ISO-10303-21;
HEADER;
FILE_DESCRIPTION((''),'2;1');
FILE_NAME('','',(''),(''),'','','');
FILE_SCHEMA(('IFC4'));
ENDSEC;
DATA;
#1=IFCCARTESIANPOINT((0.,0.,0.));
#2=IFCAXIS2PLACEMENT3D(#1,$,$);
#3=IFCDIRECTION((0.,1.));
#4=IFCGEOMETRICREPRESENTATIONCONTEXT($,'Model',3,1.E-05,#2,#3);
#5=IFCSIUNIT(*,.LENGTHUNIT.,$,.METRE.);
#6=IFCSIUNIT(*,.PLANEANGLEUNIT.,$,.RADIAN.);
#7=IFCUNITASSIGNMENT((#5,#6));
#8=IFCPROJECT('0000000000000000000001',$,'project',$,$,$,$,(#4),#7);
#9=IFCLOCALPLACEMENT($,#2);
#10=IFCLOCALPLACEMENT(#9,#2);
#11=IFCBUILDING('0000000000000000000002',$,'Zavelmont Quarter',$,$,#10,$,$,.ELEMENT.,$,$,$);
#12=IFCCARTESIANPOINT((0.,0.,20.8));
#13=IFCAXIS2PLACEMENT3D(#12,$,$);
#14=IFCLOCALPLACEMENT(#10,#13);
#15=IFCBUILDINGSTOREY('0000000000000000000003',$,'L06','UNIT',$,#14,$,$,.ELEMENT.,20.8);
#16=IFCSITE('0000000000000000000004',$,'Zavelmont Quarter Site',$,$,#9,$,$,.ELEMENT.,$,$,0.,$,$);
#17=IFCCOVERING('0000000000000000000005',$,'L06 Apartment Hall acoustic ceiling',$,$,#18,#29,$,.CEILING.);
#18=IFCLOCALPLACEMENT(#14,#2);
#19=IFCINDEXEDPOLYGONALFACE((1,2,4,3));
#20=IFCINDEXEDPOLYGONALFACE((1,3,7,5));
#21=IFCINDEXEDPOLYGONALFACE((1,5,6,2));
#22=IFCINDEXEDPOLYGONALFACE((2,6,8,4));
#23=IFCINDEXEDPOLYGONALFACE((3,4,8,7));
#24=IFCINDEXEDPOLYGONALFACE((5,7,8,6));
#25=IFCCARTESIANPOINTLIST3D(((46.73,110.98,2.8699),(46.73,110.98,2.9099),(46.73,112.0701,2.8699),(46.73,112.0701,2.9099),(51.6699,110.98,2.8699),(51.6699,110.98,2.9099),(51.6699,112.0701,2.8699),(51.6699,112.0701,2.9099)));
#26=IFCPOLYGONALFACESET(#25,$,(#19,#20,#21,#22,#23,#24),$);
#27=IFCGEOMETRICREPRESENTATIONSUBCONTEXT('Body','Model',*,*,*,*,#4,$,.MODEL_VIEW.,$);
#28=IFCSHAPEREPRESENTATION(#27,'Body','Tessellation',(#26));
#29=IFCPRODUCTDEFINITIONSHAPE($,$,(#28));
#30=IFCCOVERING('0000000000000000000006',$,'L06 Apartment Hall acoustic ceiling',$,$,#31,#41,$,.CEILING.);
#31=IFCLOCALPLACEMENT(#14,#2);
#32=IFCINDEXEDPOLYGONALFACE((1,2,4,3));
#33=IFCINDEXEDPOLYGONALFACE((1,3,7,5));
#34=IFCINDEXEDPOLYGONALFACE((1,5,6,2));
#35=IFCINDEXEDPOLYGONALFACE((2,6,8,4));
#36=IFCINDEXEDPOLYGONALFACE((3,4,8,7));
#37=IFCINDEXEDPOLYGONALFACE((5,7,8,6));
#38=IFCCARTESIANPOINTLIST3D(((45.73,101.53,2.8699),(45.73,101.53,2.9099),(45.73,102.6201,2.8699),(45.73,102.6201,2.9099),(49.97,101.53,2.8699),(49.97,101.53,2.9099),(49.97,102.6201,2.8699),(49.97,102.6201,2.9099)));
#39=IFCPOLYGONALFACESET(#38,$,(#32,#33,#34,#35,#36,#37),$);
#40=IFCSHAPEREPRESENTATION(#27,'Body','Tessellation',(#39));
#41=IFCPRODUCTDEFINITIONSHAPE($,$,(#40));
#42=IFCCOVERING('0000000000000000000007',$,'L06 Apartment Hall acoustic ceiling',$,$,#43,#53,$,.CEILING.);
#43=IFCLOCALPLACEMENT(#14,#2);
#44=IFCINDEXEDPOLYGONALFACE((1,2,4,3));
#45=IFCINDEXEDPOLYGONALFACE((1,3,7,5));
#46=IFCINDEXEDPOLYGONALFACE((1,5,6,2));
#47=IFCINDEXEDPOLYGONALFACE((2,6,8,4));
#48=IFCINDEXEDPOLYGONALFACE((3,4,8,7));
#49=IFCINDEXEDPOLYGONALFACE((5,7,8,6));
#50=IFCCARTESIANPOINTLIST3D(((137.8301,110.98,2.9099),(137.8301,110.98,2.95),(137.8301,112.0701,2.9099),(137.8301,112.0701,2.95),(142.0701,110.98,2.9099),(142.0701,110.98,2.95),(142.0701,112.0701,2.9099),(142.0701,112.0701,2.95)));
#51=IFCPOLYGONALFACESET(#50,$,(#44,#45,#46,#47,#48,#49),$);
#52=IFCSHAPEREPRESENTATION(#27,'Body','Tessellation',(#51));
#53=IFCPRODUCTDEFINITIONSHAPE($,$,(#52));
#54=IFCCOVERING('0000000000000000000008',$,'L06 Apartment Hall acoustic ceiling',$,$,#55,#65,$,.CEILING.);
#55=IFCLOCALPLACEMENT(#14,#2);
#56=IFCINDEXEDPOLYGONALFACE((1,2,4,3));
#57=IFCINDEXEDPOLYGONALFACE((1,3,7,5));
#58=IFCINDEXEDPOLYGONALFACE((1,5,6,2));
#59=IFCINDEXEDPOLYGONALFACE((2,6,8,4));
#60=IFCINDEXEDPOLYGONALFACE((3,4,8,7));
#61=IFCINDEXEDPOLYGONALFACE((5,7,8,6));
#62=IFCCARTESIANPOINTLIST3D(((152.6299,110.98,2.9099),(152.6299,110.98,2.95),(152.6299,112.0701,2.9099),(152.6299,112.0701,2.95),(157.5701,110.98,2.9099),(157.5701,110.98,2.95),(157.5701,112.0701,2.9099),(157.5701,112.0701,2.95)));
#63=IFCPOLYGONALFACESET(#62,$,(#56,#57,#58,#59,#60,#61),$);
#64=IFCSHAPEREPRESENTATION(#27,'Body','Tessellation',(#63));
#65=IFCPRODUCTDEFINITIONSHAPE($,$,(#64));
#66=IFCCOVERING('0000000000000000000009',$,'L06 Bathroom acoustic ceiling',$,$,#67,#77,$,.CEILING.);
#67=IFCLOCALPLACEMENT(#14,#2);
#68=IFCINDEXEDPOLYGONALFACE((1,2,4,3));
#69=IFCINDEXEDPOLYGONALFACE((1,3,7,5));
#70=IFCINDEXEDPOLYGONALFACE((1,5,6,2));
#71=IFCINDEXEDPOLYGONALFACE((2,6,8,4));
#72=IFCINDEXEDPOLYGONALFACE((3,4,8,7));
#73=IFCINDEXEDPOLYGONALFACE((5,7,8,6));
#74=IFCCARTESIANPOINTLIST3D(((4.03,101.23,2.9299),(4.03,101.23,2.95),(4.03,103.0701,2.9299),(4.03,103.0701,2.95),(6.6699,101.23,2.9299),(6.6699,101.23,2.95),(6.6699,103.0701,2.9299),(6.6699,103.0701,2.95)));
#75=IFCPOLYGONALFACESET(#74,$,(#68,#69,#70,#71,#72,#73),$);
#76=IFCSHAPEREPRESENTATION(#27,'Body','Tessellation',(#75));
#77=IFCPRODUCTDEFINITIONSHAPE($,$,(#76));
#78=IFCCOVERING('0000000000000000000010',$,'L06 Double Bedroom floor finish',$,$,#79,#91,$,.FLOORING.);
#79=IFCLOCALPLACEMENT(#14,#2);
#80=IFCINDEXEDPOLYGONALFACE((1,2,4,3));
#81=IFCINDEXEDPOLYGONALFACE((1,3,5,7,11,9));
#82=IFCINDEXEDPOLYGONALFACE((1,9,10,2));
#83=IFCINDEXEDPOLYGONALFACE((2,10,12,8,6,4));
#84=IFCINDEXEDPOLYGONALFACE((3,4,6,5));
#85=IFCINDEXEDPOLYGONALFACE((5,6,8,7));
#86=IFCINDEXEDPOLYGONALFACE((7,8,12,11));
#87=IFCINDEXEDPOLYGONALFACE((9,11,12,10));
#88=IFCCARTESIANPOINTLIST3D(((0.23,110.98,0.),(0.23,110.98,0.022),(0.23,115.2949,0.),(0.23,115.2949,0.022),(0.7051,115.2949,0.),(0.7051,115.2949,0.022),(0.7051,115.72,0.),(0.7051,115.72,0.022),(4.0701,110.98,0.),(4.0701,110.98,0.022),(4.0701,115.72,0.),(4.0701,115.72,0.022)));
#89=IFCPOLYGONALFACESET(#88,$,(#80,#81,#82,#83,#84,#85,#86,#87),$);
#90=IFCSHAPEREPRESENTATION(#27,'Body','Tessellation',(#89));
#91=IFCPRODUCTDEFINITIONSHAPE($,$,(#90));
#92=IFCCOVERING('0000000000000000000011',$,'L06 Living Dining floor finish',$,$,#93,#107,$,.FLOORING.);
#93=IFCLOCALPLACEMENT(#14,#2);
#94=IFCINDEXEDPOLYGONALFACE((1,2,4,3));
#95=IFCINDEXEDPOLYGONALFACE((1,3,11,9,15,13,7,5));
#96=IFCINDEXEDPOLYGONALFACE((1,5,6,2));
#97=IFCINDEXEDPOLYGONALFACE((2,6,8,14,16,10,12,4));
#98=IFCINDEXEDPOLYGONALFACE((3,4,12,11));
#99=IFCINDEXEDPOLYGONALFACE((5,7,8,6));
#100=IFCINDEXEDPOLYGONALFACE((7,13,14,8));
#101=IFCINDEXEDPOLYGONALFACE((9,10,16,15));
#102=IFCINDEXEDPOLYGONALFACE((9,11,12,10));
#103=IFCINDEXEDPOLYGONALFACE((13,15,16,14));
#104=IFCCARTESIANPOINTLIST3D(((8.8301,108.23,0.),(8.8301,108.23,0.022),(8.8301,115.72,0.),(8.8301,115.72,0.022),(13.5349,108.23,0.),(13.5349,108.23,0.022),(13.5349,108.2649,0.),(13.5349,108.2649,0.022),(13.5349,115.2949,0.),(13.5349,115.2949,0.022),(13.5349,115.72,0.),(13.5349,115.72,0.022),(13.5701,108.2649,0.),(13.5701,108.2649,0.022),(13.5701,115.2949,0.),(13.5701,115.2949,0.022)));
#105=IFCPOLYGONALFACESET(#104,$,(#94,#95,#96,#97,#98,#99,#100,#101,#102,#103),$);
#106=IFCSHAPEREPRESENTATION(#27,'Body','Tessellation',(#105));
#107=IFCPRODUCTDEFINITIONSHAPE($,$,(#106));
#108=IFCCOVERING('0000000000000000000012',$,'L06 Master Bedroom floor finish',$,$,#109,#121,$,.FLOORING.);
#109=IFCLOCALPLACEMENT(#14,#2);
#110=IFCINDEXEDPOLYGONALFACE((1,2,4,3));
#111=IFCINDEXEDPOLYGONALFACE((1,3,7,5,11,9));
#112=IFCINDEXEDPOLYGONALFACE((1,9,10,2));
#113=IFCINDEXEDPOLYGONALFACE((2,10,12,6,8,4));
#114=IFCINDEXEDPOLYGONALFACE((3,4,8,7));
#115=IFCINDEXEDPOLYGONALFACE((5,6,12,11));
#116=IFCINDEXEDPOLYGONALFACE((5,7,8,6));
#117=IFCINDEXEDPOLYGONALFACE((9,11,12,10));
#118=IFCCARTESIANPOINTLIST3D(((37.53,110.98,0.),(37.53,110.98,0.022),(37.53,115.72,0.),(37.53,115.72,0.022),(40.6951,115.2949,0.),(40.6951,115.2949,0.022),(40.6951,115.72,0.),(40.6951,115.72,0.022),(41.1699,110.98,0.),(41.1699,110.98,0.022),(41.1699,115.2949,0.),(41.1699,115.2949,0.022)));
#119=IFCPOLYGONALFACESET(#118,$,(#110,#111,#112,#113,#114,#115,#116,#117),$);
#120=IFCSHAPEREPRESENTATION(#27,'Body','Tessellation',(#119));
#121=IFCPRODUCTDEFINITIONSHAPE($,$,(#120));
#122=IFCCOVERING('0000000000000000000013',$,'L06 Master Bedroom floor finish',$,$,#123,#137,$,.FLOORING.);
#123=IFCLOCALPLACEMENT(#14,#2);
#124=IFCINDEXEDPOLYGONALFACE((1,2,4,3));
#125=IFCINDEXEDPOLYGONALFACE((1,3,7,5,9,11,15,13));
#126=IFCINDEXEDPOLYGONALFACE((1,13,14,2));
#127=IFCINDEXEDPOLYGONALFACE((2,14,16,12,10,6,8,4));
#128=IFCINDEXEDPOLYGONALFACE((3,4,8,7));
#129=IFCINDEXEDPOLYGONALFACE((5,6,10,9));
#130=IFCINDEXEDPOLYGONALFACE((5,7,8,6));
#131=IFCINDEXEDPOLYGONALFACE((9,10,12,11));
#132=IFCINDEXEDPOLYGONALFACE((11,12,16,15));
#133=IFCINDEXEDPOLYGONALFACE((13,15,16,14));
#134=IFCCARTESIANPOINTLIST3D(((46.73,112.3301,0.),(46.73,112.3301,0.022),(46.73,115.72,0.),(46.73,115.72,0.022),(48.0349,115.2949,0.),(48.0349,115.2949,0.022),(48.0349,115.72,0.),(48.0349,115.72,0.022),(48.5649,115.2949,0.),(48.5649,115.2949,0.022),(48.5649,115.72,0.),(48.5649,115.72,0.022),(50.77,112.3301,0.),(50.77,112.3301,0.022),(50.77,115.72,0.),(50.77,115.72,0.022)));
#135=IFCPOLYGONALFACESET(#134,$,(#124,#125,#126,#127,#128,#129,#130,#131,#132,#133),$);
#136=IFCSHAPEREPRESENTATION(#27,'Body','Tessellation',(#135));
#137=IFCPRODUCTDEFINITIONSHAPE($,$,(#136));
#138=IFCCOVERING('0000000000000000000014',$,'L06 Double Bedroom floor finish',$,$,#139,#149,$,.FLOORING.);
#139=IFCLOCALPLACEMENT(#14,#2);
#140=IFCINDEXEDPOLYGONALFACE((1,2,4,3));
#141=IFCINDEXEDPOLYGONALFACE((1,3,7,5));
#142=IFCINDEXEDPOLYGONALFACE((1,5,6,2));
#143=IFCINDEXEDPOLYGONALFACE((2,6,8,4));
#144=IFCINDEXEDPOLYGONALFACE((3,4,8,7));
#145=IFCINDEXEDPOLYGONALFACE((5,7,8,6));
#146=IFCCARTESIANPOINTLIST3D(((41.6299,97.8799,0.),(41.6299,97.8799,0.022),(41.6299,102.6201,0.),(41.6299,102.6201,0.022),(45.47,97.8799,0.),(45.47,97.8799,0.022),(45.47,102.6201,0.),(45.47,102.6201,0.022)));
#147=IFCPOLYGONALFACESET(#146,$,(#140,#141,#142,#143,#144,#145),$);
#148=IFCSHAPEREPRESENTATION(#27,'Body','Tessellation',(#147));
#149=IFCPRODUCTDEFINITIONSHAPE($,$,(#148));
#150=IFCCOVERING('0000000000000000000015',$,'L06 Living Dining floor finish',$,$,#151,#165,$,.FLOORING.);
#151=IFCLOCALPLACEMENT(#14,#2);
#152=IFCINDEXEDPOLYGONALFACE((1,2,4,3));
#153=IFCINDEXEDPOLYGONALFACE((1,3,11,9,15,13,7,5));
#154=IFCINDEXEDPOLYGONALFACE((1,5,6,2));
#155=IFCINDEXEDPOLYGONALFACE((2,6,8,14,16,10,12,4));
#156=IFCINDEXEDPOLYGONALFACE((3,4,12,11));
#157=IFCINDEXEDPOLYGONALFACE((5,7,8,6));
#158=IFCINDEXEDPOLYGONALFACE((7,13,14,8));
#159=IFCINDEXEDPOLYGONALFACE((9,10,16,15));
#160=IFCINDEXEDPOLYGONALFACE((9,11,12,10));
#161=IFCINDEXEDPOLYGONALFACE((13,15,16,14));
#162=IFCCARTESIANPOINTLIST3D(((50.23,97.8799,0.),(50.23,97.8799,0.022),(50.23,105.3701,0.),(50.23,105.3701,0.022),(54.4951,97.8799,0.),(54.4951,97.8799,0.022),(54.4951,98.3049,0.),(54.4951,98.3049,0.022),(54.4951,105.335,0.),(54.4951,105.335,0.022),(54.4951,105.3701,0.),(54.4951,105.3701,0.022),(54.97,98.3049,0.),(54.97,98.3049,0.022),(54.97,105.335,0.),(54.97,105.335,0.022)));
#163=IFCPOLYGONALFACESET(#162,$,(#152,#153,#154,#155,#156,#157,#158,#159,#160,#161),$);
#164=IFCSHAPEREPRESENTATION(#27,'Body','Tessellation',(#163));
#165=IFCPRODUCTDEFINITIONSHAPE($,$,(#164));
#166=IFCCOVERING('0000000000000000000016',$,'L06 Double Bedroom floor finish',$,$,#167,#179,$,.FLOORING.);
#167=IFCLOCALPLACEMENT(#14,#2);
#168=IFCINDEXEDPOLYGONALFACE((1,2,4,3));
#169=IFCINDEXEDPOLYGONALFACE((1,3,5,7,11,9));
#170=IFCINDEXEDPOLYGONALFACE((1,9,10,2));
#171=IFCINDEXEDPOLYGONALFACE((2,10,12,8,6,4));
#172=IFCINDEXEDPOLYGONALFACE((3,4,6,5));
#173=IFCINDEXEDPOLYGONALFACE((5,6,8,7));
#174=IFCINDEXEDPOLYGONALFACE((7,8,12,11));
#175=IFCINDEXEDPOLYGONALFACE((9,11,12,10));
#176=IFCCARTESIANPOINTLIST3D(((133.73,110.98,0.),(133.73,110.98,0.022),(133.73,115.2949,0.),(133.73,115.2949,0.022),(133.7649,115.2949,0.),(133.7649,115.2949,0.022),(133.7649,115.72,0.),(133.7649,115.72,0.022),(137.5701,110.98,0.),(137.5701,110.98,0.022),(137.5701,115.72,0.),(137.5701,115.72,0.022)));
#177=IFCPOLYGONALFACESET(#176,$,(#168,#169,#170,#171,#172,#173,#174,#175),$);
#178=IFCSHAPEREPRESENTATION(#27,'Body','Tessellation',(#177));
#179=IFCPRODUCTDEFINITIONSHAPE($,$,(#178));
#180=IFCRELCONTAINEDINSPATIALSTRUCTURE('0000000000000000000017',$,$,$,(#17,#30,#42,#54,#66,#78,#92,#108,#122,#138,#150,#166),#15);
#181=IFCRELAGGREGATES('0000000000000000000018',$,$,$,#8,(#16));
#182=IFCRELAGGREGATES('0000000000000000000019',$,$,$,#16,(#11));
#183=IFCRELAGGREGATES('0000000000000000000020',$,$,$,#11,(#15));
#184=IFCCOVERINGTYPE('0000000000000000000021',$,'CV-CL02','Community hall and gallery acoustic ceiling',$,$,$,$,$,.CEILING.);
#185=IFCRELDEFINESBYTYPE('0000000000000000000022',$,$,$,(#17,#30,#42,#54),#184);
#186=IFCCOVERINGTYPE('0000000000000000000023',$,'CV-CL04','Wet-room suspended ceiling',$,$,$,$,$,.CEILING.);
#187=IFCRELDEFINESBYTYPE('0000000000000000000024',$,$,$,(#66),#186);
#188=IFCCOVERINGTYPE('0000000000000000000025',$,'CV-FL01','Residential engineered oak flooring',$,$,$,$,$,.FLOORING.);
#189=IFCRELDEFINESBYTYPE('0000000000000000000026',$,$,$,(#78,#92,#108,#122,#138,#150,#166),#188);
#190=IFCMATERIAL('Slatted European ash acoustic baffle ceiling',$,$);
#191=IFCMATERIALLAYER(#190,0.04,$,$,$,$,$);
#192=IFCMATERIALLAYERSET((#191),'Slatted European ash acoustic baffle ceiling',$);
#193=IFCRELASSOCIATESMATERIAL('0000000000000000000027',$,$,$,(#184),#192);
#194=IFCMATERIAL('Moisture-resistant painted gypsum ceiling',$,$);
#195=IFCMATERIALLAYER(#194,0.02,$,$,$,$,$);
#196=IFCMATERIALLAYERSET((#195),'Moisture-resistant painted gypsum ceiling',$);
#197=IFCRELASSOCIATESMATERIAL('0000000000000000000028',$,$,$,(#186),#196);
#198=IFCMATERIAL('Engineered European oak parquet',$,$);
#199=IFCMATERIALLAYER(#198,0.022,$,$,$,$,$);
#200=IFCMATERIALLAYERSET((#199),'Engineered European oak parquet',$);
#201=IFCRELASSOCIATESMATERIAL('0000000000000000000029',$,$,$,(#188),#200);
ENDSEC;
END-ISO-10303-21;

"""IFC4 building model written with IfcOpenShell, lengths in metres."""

from ifc_helpers import new_model, si_unit, direction, frame, origin, place, context, subcontext, project, spatial, polyline, outline, extrude, material, layer, layer_set, type_object, element, save


model = new_model("IFC4")

# Units and contexts
model_context = context("Model", 3, precision=1e-05, world=origin(), true_north=direction((0.0, 1.0)))
body_context = subcontext(model_context, "Body", "Model", "MODEL_VIEW")
ifc_project = project(units=[si_unit("LENGTHUNIT", "METRE"), si_unit("PLANEANGLEUNIT", "RADIAN")], contexts=[model_context])

# Site, building, storey
site_placement = place(None, origin())
site = spatial("IfcSite", under=ifc_project, at=site_placement, Name="Zavelmont Quarter Site", CompositionType="ELEMENT", RefElevation=0.0)
building_placement = place(site_placement, origin())
building = spatial("IfcBuilding", under=site, at=building_placement, Name="Zavelmont Quarter", CompositionType="ELEMENT")
storey_placement = place(building_placement, frame((0.0, 0.0, 20.8)))
storey = spatial("IfcBuildingStorey", under=building, at=storey_placement, Name="L06", Description="UNIT", CompositionType="ELEMENT", Elevation=20.8)

# Coverings
ifc_material_1 = material(Name="Slatted European ash acoustic baffle ceiling")
ifc_layer_1 = layer(ifc_material_1, 0.04)
ifc_layer_set_1 = layer_set([ifc_layer_1], Name="Slatted European ash acoustic baffle ceiling")
covering_type_1 = type_object("IfcCoveringType", Name="CV-CL02", Description="Community hall and gallery acoustic ceiling", PredefinedType="CEILING", material=ifc_layer_set_1)
covering_1_placement = place(storey_placement, frame((0.0, 0.0, 2.8699)))
element("IfcCovering", 1, at=covering_1_placement, inside=storey, type_object=covering_type_1, Name="L06 Apartment Hall acoustic ceiling", PredefinedType="CEILING", context=body_context, shape_type="SweptSolid", body=[
    extrude(outline(polyline([(46.73, 112.0701), (51.6699, 112.0701), (51.6699, 110.98), (46.73, 110.98), (46.73, 112.0701)])), origin(), (0.0, 0.0, 1.0), 0.04),
])
covering_2_placement = place(storey_placement, frame((0.0, 0.0, 2.8699)))
element("IfcCovering", 2, at=covering_2_placement, inside=storey, type_object=covering_type_1, Name="L06 Apartment Hall acoustic ceiling", PredefinedType="CEILING", context=body_context, shape_type="SweptSolid", body=[
    extrude(outline(polyline([(45.73, 102.6201), (49.97, 102.6201), (49.97, 101.53), (45.73, 101.53), (45.73, 102.6201)])), origin(), (0.0, 0.0, 1.0), 0.04),
])
covering_3_placement = place(storey_placement, frame((0.0, 0.0, 2.9099)))
element("IfcCovering", 3, at=covering_3_placement, inside=storey, type_object=covering_type_1, Name="L06 Apartment Hall acoustic ceiling", PredefinedType="CEILING", context=body_context, shape_type="SweptSolid", body=[
    extrude(outline(polyline([(137.8301, 112.0701), (142.0701, 112.0701), (142.0701, 110.98), (137.8301, 110.98), (137.8301, 112.0701)])), origin(), (0.0, 0.0, 1.0), 0.04),
])
covering_4_placement = place(storey_placement, frame((0.0, 0.0, 2.9099)))
element("IfcCovering", 4, at=covering_4_placement, inside=storey, type_object=covering_type_1, Name="L06 Apartment Hall acoustic ceiling", PredefinedType="CEILING", context=body_context, shape_type="SweptSolid", body=[
    extrude(outline(polyline([(152.6299, 112.0701), (157.5701, 112.0701), (157.5701, 110.98), (152.6299, 110.98), (152.6299, 112.0701)])), origin(), (0.0, 0.0, 1.0), 0.04),
])
ifc_material_2 = material(Name="Moisture-resistant painted gypsum ceiling")
ifc_layer_2 = layer(ifc_material_2, 0.02)
ifc_layer_set_2 = layer_set([ifc_layer_2], Name="Moisture-resistant painted gypsum ceiling")
covering_type_2 = type_object("IfcCoveringType", Name="CV-CL04", Description="Wet-room suspended ceiling", PredefinedType="CEILING", material=ifc_layer_set_2)
covering_5_placement = place(storey_placement, frame((0.0, 0.0, 2.9299)))
element("IfcCovering", 5, at=covering_5_placement, inside=storey, type_object=covering_type_2, Name="L06 Bathroom acoustic ceiling", PredefinedType="CEILING", context=body_context, shape_type="SweptSolid", body=[
    extrude(outline(polyline([(4.03, 103.0701), (6.6699, 103.0701), (6.6699, 101.23), (4.03, 101.23), (4.03, 103.0701)])), origin(), (0.0, 0.0, 1.0), 0.02),
])
ifc_material_3 = material(Name="Engineered European oak parquet")
ifc_layer_3 = layer(ifc_material_3, 0.022)
ifc_layer_set_3 = layer_set([ifc_layer_3], Name="Engineered European oak parquet")
covering_type_3 = type_object("IfcCoveringType", Name="CV-FL01", Description="Residential engineered oak flooring", PredefinedType="FLOORING", material=ifc_layer_set_3)
covering_6_placement = place(storey_placement, origin())
element("IfcCovering", 6, at=covering_6_placement, inside=storey, type_object=covering_type_3, Name="L06 Double Bedroom floor finish", PredefinedType="FLOORING", context=body_context, shape_type="SweptSolid", body=[
    extrude(outline(polyline([(0.23, 115.2949), (0.7051, 115.2949), (0.7051, 115.72), (4.0701, 115.72), (4.0701, 110.98), (0.23, 110.98), (0.23, 115.2949)])), origin(), (0.0, 0.0, 1.0), 0.022),
])
covering_7_placement = place(storey_placement, origin())
element("IfcCovering", 7, at=covering_7_placement, inside=storey, type_object=covering_type_3, Name="L06 Living Dining floor finish", PredefinedType="FLOORING", context=body_context, shape_type="SweptSolid", body=[
    extrude(outline(polyline([(8.8301, 115.72), (13.5349, 115.72), (13.5349, 115.2949), (13.5701, 115.2949), (13.5701, 108.2649), (13.5349, 108.2649), (13.5349, 108.23), (8.8301, 108.23), (8.8301, 115.72)])), origin(), (0.0, 0.0, 1.0), 0.022),
])
covering_8_placement = place(storey_placement, origin())
element("IfcCovering", 8, at=covering_8_placement, inside=storey, type_object=covering_type_3, Name="L06 Master Bedroom floor finish", PredefinedType="FLOORING", context=body_context, shape_type="SweptSolid", body=[
    extrude(outline(polyline([(37.53, 115.72), (40.6951, 115.72), (40.6951, 115.2949), (41.1699, 115.2949), (41.1699, 110.98), (37.53, 110.98), (37.53, 115.72)])), origin(), (0.0, 0.0, 1.0), 0.022),
])
covering_9_placement = place(storey_placement, origin())
element("IfcCovering", 9, at=covering_9_placement, inside=storey, type_object=covering_type_3, Name="L06 Master Bedroom floor finish", PredefinedType="FLOORING", context=body_context, shape_type="SweptSolid", body=[
    extrude(outline(polyline([(46.73, 115.72), (48.0349, 115.72), (48.0349, 115.2949), (48.5649, 115.2949), (48.5649, 115.72), (50.77, 115.72), (50.77, 112.3301), (46.73, 112.3301), (46.73, 115.72)])), origin(), (0.0, 0.0, 1.0), 0.022),
])
covering_10_placement = place(storey_placement, origin())
element("IfcCovering", 10, at=covering_10_placement, inside=storey, type_object=covering_type_3, Name="L06 Double Bedroom floor finish", PredefinedType="FLOORING", context=body_context, shape_type="SweptSolid", body=[
    extrude(outline(polyline([(41.6299, 102.6201), (45.47, 102.6201), (45.47, 97.8799), (41.6299, 97.8799), (41.6299, 102.6201)])), origin(), (0.0, 0.0, 1.0), 0.022),
])
covering_11_placement = place(storey_placement, origin())
element("IfcCovering", 11, at=covering_11_placement, inside=storey, type_object=covering_type_3, Name="L06 Living Dining floor finish", PredefinedType="FLOORING", context=body_context, shape_type="SweptSolid", body=[
    extrude(outline(polyline([(50.23, 105.3701), (54.4951, 105.3701), (54.4951, 105.335), (54.97, 105.335), (54.97, 98.3049), (54.4951, 98.3049), (54.4951, 97.8799), (50.23, 97.8799), (50.23, 105.3701)])), origin(), (0.0, 0.0, 1.0), 0.022),
])
covering_12_placement = place(storey_placement, origin())
element("IfcCovering", 12, at=covering_12_placement, inside=storey, type_object=covering_type_3, Name="L06 Double Bedroom floor finish", PredefinedType="FLOORING", context=body_context, shape_type="SweptSolid", body=[
    extrude(outline(polyline([(133.73, 115.2949), (133.7649, 115.2949), (133.7649, 115.72), (137.5701, 115.72), (137.5701, 110.98), (133.73, 110.98), (133.73, 115.2949)])), origin(), (0.0, 0.0, 1.0), 0.022),
])

save(model, "model.ifc")
